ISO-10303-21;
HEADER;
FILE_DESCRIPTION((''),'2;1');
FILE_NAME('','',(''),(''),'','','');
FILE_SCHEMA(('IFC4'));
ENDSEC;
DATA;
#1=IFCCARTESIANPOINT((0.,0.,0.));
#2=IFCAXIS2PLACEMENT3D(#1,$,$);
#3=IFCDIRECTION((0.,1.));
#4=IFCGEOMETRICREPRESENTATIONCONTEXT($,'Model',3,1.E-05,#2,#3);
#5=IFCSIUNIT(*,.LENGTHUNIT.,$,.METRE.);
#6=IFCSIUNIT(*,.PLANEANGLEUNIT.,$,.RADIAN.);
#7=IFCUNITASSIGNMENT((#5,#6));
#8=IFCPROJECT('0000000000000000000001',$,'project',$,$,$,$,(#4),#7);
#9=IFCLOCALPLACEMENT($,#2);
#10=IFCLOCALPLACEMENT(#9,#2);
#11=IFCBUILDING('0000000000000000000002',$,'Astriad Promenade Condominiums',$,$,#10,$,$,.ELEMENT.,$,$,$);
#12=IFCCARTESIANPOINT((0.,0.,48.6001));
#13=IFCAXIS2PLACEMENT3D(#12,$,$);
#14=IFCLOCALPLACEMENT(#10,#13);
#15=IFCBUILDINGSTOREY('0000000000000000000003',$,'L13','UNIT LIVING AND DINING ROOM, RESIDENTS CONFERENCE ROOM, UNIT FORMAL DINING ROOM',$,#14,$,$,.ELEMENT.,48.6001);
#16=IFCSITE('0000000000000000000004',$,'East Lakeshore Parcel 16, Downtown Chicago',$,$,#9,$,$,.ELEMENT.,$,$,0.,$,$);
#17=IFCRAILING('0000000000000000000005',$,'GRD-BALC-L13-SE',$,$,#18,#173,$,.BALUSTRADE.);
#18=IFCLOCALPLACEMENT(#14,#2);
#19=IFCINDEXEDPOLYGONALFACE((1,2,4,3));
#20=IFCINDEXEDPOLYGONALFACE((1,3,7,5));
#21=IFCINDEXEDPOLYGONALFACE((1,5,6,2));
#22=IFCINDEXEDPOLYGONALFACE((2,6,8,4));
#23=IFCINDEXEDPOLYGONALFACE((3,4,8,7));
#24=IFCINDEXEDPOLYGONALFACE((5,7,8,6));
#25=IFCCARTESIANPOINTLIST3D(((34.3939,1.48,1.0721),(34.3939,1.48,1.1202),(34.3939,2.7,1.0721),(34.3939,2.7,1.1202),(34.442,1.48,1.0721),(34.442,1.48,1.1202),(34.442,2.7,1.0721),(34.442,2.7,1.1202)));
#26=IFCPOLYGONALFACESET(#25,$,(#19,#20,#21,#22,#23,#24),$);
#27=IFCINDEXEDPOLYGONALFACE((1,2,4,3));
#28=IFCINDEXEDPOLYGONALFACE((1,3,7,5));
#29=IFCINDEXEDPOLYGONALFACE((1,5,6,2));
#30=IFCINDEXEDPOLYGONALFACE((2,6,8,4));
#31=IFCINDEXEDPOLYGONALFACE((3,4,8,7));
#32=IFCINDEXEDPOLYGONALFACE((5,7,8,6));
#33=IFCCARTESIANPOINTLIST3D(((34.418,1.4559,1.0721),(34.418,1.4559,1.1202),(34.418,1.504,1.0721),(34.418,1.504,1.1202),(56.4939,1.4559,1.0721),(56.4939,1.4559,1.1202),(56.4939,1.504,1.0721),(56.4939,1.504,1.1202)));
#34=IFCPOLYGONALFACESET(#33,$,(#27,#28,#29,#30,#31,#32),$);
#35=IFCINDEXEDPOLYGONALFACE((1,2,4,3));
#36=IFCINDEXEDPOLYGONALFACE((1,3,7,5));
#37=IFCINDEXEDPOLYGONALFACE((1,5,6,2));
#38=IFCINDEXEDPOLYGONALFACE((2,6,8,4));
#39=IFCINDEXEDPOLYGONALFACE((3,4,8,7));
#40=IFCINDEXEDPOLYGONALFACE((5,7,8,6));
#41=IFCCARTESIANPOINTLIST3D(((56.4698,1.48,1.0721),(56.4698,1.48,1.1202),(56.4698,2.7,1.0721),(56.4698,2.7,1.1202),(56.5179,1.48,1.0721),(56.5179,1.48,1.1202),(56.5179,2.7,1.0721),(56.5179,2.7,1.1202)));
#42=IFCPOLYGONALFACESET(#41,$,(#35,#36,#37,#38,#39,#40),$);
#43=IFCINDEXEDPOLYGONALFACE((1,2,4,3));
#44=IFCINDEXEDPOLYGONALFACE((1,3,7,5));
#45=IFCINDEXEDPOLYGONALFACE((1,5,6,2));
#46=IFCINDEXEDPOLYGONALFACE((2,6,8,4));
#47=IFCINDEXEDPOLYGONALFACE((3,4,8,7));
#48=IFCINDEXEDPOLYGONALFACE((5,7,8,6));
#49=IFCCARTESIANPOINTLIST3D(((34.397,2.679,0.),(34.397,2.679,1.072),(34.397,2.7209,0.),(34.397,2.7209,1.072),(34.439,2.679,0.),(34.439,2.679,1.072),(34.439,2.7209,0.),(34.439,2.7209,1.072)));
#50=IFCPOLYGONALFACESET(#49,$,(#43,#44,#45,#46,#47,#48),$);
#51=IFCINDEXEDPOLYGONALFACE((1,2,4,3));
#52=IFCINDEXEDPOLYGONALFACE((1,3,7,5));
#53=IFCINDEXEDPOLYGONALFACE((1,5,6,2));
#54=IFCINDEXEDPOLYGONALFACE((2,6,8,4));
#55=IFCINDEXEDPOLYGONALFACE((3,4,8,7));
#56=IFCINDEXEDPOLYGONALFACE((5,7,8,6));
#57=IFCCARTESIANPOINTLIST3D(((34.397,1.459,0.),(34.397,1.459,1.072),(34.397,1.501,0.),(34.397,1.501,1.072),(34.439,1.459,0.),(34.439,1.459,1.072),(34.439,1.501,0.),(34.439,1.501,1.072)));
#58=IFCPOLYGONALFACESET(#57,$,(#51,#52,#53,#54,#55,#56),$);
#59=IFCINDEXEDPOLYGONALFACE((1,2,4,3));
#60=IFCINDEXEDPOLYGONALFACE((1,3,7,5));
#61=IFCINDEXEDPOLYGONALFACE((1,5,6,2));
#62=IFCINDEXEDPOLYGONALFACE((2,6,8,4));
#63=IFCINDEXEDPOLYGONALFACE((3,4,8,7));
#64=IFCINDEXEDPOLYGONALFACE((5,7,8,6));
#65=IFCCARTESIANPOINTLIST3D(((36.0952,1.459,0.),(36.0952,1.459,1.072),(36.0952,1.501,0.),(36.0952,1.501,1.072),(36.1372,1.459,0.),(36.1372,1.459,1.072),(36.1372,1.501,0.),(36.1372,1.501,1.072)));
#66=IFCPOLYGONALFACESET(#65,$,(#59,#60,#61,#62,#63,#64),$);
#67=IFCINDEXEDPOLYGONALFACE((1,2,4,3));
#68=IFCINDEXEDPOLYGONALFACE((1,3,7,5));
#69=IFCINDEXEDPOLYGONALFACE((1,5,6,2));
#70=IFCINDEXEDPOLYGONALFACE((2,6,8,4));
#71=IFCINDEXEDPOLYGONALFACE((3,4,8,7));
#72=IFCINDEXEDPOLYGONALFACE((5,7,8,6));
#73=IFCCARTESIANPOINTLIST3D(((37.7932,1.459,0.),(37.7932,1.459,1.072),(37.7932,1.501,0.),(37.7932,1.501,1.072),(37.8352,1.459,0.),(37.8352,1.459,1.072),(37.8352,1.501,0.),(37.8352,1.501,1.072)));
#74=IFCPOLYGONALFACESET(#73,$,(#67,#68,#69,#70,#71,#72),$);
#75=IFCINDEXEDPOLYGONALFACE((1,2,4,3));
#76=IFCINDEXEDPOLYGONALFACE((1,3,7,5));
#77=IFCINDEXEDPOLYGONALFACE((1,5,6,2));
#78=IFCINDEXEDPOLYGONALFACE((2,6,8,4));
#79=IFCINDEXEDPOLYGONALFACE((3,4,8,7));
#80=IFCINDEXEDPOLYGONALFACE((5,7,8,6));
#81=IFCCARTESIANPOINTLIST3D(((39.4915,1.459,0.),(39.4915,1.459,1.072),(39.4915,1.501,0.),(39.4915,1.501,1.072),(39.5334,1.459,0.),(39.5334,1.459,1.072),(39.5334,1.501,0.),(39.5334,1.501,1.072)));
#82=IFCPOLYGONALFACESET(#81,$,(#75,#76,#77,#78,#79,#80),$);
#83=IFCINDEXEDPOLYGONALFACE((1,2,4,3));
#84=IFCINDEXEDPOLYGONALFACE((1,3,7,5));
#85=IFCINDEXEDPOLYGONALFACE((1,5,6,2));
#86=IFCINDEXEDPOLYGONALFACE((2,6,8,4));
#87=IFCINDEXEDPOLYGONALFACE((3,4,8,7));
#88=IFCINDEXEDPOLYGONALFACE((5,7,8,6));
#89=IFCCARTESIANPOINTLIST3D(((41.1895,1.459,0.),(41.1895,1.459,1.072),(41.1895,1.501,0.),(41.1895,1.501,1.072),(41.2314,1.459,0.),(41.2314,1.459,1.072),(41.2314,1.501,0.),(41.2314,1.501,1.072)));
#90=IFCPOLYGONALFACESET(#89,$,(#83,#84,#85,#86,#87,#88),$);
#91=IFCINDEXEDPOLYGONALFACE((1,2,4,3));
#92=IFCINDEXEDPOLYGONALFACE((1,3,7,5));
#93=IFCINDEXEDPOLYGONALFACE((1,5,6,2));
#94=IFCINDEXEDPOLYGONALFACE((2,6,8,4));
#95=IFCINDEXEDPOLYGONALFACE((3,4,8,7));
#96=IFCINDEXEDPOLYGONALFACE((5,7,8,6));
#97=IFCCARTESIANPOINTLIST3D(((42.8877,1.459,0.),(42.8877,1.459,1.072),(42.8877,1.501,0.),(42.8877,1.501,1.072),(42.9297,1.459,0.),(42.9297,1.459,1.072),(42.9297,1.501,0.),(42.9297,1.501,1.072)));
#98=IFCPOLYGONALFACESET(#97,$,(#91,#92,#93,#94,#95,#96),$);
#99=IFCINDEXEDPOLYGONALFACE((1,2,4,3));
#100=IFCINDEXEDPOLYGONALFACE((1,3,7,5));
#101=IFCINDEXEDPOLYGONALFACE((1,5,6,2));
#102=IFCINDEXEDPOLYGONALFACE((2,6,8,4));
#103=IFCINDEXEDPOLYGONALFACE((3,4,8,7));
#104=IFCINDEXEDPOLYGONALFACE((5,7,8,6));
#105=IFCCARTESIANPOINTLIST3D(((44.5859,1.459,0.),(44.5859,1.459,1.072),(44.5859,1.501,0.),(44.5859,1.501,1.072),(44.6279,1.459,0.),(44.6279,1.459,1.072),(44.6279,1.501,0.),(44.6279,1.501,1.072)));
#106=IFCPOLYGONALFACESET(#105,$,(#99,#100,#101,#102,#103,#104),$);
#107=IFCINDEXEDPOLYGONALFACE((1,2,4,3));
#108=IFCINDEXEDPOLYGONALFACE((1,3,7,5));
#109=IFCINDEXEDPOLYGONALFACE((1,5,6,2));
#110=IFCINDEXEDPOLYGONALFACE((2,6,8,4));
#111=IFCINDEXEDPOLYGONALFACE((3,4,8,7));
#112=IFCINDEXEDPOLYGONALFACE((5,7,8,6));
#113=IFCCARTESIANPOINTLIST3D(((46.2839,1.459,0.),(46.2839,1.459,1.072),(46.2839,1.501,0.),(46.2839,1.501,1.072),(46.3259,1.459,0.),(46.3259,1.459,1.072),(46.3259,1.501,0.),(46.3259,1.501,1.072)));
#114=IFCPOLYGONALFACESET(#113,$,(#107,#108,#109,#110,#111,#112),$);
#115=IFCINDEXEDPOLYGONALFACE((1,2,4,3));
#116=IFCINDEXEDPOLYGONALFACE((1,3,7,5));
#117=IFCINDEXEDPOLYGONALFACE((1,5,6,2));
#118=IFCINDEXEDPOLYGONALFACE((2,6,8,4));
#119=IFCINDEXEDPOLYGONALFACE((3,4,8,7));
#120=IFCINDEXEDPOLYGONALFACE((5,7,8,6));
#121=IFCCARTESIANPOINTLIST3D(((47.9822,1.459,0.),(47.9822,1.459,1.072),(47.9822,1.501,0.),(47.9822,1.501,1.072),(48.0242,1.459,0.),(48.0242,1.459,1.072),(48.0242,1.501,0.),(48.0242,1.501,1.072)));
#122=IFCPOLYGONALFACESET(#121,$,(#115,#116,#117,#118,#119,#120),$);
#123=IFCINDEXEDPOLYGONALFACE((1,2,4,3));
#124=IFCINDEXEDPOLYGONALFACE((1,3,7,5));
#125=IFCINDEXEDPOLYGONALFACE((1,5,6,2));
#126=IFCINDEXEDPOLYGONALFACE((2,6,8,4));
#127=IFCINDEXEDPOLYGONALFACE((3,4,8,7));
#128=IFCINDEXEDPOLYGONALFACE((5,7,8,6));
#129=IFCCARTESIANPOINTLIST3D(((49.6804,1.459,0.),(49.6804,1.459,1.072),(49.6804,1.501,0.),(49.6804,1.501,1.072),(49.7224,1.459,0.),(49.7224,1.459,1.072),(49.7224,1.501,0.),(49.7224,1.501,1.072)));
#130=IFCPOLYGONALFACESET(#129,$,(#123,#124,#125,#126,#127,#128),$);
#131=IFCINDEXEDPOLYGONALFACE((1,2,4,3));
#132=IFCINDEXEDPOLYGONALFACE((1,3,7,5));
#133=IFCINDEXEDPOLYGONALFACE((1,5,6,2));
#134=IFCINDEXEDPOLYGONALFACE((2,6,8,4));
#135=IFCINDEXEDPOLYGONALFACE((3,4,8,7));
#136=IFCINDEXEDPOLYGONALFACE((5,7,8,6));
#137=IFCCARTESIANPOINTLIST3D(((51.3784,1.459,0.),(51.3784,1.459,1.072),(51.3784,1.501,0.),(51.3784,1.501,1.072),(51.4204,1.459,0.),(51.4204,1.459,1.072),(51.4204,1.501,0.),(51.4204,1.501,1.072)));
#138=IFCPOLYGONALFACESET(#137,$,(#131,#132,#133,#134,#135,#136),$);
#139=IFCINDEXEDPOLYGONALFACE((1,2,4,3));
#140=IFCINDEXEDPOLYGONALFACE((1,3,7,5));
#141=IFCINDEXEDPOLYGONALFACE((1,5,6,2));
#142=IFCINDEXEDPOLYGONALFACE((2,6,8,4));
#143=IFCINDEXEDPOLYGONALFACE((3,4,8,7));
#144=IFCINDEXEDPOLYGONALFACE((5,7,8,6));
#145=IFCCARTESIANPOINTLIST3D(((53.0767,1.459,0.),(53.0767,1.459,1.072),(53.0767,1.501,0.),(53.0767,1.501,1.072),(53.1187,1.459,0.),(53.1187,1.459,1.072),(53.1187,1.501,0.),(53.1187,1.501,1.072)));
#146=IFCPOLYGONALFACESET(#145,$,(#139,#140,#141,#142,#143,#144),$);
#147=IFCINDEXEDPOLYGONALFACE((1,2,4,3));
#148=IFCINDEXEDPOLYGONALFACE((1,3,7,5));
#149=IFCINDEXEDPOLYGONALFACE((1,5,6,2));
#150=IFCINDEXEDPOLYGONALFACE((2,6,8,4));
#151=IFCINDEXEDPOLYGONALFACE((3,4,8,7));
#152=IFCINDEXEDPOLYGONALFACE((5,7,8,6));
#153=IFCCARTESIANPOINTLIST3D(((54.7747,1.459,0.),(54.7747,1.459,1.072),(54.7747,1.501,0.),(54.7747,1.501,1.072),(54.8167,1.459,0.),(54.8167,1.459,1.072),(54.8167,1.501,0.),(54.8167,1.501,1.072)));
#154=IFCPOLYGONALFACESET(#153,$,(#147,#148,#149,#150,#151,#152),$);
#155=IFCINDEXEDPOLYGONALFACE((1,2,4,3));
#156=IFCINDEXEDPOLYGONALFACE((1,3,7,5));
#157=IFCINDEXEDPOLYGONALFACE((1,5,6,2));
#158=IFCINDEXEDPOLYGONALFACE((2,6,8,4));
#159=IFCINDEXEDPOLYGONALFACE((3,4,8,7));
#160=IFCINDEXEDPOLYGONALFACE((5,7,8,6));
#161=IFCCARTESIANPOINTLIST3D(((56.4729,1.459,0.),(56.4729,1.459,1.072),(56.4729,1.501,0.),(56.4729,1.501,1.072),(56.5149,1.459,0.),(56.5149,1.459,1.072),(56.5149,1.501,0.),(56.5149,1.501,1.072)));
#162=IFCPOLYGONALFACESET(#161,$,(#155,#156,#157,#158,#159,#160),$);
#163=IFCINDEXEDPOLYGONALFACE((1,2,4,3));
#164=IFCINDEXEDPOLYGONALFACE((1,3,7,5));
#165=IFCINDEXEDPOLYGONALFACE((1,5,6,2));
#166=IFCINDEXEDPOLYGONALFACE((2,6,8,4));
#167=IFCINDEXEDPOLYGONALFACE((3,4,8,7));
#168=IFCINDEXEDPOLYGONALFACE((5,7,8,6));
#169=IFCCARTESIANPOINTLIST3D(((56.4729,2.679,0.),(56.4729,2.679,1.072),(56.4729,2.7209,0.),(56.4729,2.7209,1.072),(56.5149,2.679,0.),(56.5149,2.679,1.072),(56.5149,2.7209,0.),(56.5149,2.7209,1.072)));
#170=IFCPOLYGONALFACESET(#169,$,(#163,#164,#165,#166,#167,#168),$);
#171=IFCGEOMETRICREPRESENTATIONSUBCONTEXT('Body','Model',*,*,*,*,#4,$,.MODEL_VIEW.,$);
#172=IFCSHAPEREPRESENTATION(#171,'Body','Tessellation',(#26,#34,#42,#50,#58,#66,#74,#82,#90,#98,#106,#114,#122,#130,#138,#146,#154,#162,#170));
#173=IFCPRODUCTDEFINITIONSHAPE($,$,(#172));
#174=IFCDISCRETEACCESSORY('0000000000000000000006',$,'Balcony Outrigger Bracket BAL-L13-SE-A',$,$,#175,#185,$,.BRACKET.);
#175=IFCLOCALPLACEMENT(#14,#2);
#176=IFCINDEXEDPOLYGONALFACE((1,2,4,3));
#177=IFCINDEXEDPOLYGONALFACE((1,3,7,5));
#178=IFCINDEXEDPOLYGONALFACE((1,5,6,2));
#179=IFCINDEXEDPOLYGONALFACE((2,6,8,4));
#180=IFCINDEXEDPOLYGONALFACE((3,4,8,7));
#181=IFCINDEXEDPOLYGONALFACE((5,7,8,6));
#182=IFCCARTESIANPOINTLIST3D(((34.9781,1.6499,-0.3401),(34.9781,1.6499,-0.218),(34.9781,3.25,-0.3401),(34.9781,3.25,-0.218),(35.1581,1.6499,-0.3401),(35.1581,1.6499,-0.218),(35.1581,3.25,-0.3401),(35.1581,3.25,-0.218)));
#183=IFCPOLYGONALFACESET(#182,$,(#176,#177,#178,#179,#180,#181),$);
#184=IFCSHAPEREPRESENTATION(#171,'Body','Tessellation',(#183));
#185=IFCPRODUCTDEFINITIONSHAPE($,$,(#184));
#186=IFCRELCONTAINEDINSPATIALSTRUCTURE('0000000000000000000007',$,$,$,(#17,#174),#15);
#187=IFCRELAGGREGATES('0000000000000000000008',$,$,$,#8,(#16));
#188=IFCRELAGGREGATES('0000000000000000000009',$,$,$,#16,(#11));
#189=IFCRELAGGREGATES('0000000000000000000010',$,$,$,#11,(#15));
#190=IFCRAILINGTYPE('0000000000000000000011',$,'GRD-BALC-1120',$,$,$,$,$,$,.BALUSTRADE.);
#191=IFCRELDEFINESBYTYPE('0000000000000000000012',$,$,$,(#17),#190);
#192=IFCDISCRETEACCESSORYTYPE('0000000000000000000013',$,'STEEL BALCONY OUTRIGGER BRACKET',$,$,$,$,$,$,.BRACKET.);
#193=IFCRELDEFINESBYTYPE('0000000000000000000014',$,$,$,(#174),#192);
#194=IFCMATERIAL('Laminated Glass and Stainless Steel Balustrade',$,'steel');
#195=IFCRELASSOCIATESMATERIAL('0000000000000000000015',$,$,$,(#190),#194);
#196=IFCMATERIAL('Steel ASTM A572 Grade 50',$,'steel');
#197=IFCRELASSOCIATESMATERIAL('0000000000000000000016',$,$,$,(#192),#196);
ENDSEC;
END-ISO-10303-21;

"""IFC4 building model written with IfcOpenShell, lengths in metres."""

from ifc_helpers import new_model, si_unit, direction, frame, origin, origin_2d, place, context, subcontext, project, spatial, rectangle, extrude, source, transform, mapped, material, type_object, type_shapes, element, save


model = new_model("IFC4")

# Units and contexts
model_context = context("Model", 3, precision=1e-05, world=origin(), true_north=direction((0.0, 1.0)))
body_context = subcontext(model_context, "Body", "Model", "MODEL_VIEW")
ifc_project = project(units=[si_unit("LENGTHUNIT", "METRE"), si_unit("PLANEANGLEUNIT", "RADIAN")], contexts=[model_context])

# Site, building, storey
site_placement = place(None, origin())
site = spatial("IfcSite", under=ifc_project, at=site_placement, Name="East Lakeshore Parcel 16, Downtown Chicago", CompositionType="ELEMENT", RefElevation=0.0)
building_placement = place(site_placement, origin())
building = spatial("IfcBuilding", under=site, at=building_placement, Name="Astriad Promenade Condominiums", CompositionType="ELEMENT")
storey_placement = place(building_placement, frame((0.0, 0.0, 48.6001)))
storey = spatial("IfcBuildingStorey", under=building, at=storey_placement, Name="L13", Description="UNIT LIVING AND DINING ROOM, RESIDENTS CONFERENCE ROOM, UNIT FORMAL DINING ROOM", CompositionType="ELEMENT", Elevation=48.6001)

# Railing
ifc_material_1 = material(Name="Laminated Glass and Stainless Steel Balustrade", Category="steel")
railing_type = type_object("IfcRailingType", Name="GRD-BALC-1120", PredefinedType="BALUSTRADE", material=ifc_material_1)
shared_shape_1 = source(origin(), body_context, "Body", "SweptSolid", [
    extrude(rectangle(XDim=0.0481, YDim=0.0481, at=origin_2d()), frame((0.0, 0.0, 1.0962), z_axis=(0.0, -1.0, 0.0), x_axis=(1.0, 0.0, 0.0)), (0.0, 0.0, 1.0), 1.22),
    extrude(rectangle(XDim=0.0481, YDim=0.0481, at=origin_2d()), frame((0.0, -1.22, 1.0962), z_axis=(1.0, 0.0, 0.0), x_axis=(0.0, 1.0, 0.0)), (0.0, 0.0, 1.0), 22.0759),
    extrude(rectangle(XDim=0.0481, YDim=0.0481, at=origin_2d()), frame((22.0759, -1.22, 1.0962), z_axis=(0.0, 1.0, 0.0), x_axis=(-1.0, 0.0, 0.0)), (0.0, 0.0, 1.0), 1.22),
    extrude(rectangle(XDim=0.042, YDim=0.042, at=origin_2d()), origin(), (0.0, 0.0, 1.0), 1.072),
    extrude(rectangle(XDim=0.042, YDim=0.042, at=origin_2d()), frame((0.0, -1.22, 0.0)), (0.0, 0.0, 1.0), 1.072),
    extrude(rectangle(XDim=0.042, YDim=0.042, at=origin_2d()), frame((1.6982, -1.22, 0.0)), (0.0, 0.0, 1.0), 1.072),
    extrude(rectangle(XDim=0.042, YDim=0.042, at=origin_2d()), frame((3.3962, -1.22, 0.0)), (0.0, 0.0, 1.0), 1.072),
    extrude(rectangle(XDim=0.042, YDim=0.042, at=origin_2d()), frame((5.0945, -1.22, 0.0)), (0.0, 0.0, 1.0), 1.072),
    extrude(rectangle(XDim=0.042, YDim=0.042, at=origin_2d()), frame((6.7925, -1.22, 0.0)), (0.0, 0.0, 1.0), 1.072),
    extrude(rectangle(XDim=0.042, YDim=0.042, at=origin_2d()), frame((8.4907, -1.22, 0.0)), (0.0, 0.0, 1.0), 1.072),
    extrude(rectangle(XDim=0.042, YDim=0.042, at=origin_2d()), frame((10.189, -1.22, 0.0)), (0.0, 0.0, 1.0), 1.072),
    extrude(rectangle(XDim=0.042, YDim=0.042, at=origin_2d()), frame((11.887, -1.22, 0.0)), (0.0, 0.0, 1.0), 1.072),
    extrude(rectangle(XDim=0.042, YDim=0.042, at=origin_2d()), frame((13.5852, -1.22, 0.0)), (0.0, 0.0, 1.0), 1.072),
    extrude(rectangle(XDim=0.042, YDim=0.042, at=origin_2d()), frame((15.2834, -1.22, 0.0)), (0.0, 0.0, 1.0), 1.072),
    extrude(rectangle(XDim=0.042, YDim=0.042, at=origin_2d()), frame((16.9814, -1.22, 0.0)), (0.0, 0.0, 1.0), 1.072),
    extrude(rectangle(XDim=0.042, YDim=0.042, at=origin_2d()), frame((18.6797, -1.22, 0.0)), (0.0, 0.0, 1.0), 1.072),
    extrude(rectangle(XDim=0.042, YDim=0.042, at=origin_2d()), frame((20.3777, -1.22, 0.0)), (0.0, 0.0, 1.0), 1.072),
    extrude(rectangle(XDim=0.042, YDim=0.042, at=origin_2d()), frame((22.0759, -1.22, 0.0)), (0.0, 0.0, 1.0), 1.072),
    extrude(rectangle(XDim=0.042, YDim=0.042, at=origin_2d()), frame((22.0759, 0.0, 0.0)), (0.0, 0.0, 1.0), 1.072),
])
type_shapes(railing_type, [shared_shape_1])
railing_placement = place(storey_placement, frame((34.418, 2.7, 0.0)))
element("IfcRailing", 1, at=railing_placement, inside=storey, type_object=railing_type, Name="GRD-BALC-L13-SE", PredefinedType="BALUSTRADE", context=body_context, shape_type="MappedRepresentation", body=[
    mapped(shared_shape_1, transform((0.0, 0.0, 0.0), scale=1.0)),
])

# Discrete accessory
ifc_material_2 = material(Name="Steel ASTM A572 Grade 50", Category="steel")
discrete_accessory_type = type_object("IfcDiscreteAccessoryType", Name="STEEL BALCONY OUTRIGGER BRACKET", PredefinedType="BRACKET", material=ifc_material_2)
shared_shape_2 = source(origin(), body_context, "Body", "SweptSolid", [
    extrude(rectangle(XDim=1.6001, YDim=0.1799, at=origin_2d()), origin(), (0.0, 0.0, 1.0), 0.1221),
])
type_shapes(discrete_accessory_type, [shared_shape_2])
discrete_accessory_placement = place(storey_placement, frame((35.0681, 2.45, -0.3401), z_axis=(0.0, 0.0, 1.0), x_axis=(0.0, -1.0, 0.0)))
element("IfcDiscreteAccessory", 2, at=discrete_accessory_placement, inside=storey, type_object=discrete_accessory_type, Name="Balcony Outrigger Bracket BAL-L13-SE-A", PredefinedType="BRACKET", context=body_context, shape_type="MappedRepresentation", body=[
    mapped(shared_shape_2, transform((0.0, 0.0, 0.0), scale=1.0)),
])

save(model, "model.ifc")
